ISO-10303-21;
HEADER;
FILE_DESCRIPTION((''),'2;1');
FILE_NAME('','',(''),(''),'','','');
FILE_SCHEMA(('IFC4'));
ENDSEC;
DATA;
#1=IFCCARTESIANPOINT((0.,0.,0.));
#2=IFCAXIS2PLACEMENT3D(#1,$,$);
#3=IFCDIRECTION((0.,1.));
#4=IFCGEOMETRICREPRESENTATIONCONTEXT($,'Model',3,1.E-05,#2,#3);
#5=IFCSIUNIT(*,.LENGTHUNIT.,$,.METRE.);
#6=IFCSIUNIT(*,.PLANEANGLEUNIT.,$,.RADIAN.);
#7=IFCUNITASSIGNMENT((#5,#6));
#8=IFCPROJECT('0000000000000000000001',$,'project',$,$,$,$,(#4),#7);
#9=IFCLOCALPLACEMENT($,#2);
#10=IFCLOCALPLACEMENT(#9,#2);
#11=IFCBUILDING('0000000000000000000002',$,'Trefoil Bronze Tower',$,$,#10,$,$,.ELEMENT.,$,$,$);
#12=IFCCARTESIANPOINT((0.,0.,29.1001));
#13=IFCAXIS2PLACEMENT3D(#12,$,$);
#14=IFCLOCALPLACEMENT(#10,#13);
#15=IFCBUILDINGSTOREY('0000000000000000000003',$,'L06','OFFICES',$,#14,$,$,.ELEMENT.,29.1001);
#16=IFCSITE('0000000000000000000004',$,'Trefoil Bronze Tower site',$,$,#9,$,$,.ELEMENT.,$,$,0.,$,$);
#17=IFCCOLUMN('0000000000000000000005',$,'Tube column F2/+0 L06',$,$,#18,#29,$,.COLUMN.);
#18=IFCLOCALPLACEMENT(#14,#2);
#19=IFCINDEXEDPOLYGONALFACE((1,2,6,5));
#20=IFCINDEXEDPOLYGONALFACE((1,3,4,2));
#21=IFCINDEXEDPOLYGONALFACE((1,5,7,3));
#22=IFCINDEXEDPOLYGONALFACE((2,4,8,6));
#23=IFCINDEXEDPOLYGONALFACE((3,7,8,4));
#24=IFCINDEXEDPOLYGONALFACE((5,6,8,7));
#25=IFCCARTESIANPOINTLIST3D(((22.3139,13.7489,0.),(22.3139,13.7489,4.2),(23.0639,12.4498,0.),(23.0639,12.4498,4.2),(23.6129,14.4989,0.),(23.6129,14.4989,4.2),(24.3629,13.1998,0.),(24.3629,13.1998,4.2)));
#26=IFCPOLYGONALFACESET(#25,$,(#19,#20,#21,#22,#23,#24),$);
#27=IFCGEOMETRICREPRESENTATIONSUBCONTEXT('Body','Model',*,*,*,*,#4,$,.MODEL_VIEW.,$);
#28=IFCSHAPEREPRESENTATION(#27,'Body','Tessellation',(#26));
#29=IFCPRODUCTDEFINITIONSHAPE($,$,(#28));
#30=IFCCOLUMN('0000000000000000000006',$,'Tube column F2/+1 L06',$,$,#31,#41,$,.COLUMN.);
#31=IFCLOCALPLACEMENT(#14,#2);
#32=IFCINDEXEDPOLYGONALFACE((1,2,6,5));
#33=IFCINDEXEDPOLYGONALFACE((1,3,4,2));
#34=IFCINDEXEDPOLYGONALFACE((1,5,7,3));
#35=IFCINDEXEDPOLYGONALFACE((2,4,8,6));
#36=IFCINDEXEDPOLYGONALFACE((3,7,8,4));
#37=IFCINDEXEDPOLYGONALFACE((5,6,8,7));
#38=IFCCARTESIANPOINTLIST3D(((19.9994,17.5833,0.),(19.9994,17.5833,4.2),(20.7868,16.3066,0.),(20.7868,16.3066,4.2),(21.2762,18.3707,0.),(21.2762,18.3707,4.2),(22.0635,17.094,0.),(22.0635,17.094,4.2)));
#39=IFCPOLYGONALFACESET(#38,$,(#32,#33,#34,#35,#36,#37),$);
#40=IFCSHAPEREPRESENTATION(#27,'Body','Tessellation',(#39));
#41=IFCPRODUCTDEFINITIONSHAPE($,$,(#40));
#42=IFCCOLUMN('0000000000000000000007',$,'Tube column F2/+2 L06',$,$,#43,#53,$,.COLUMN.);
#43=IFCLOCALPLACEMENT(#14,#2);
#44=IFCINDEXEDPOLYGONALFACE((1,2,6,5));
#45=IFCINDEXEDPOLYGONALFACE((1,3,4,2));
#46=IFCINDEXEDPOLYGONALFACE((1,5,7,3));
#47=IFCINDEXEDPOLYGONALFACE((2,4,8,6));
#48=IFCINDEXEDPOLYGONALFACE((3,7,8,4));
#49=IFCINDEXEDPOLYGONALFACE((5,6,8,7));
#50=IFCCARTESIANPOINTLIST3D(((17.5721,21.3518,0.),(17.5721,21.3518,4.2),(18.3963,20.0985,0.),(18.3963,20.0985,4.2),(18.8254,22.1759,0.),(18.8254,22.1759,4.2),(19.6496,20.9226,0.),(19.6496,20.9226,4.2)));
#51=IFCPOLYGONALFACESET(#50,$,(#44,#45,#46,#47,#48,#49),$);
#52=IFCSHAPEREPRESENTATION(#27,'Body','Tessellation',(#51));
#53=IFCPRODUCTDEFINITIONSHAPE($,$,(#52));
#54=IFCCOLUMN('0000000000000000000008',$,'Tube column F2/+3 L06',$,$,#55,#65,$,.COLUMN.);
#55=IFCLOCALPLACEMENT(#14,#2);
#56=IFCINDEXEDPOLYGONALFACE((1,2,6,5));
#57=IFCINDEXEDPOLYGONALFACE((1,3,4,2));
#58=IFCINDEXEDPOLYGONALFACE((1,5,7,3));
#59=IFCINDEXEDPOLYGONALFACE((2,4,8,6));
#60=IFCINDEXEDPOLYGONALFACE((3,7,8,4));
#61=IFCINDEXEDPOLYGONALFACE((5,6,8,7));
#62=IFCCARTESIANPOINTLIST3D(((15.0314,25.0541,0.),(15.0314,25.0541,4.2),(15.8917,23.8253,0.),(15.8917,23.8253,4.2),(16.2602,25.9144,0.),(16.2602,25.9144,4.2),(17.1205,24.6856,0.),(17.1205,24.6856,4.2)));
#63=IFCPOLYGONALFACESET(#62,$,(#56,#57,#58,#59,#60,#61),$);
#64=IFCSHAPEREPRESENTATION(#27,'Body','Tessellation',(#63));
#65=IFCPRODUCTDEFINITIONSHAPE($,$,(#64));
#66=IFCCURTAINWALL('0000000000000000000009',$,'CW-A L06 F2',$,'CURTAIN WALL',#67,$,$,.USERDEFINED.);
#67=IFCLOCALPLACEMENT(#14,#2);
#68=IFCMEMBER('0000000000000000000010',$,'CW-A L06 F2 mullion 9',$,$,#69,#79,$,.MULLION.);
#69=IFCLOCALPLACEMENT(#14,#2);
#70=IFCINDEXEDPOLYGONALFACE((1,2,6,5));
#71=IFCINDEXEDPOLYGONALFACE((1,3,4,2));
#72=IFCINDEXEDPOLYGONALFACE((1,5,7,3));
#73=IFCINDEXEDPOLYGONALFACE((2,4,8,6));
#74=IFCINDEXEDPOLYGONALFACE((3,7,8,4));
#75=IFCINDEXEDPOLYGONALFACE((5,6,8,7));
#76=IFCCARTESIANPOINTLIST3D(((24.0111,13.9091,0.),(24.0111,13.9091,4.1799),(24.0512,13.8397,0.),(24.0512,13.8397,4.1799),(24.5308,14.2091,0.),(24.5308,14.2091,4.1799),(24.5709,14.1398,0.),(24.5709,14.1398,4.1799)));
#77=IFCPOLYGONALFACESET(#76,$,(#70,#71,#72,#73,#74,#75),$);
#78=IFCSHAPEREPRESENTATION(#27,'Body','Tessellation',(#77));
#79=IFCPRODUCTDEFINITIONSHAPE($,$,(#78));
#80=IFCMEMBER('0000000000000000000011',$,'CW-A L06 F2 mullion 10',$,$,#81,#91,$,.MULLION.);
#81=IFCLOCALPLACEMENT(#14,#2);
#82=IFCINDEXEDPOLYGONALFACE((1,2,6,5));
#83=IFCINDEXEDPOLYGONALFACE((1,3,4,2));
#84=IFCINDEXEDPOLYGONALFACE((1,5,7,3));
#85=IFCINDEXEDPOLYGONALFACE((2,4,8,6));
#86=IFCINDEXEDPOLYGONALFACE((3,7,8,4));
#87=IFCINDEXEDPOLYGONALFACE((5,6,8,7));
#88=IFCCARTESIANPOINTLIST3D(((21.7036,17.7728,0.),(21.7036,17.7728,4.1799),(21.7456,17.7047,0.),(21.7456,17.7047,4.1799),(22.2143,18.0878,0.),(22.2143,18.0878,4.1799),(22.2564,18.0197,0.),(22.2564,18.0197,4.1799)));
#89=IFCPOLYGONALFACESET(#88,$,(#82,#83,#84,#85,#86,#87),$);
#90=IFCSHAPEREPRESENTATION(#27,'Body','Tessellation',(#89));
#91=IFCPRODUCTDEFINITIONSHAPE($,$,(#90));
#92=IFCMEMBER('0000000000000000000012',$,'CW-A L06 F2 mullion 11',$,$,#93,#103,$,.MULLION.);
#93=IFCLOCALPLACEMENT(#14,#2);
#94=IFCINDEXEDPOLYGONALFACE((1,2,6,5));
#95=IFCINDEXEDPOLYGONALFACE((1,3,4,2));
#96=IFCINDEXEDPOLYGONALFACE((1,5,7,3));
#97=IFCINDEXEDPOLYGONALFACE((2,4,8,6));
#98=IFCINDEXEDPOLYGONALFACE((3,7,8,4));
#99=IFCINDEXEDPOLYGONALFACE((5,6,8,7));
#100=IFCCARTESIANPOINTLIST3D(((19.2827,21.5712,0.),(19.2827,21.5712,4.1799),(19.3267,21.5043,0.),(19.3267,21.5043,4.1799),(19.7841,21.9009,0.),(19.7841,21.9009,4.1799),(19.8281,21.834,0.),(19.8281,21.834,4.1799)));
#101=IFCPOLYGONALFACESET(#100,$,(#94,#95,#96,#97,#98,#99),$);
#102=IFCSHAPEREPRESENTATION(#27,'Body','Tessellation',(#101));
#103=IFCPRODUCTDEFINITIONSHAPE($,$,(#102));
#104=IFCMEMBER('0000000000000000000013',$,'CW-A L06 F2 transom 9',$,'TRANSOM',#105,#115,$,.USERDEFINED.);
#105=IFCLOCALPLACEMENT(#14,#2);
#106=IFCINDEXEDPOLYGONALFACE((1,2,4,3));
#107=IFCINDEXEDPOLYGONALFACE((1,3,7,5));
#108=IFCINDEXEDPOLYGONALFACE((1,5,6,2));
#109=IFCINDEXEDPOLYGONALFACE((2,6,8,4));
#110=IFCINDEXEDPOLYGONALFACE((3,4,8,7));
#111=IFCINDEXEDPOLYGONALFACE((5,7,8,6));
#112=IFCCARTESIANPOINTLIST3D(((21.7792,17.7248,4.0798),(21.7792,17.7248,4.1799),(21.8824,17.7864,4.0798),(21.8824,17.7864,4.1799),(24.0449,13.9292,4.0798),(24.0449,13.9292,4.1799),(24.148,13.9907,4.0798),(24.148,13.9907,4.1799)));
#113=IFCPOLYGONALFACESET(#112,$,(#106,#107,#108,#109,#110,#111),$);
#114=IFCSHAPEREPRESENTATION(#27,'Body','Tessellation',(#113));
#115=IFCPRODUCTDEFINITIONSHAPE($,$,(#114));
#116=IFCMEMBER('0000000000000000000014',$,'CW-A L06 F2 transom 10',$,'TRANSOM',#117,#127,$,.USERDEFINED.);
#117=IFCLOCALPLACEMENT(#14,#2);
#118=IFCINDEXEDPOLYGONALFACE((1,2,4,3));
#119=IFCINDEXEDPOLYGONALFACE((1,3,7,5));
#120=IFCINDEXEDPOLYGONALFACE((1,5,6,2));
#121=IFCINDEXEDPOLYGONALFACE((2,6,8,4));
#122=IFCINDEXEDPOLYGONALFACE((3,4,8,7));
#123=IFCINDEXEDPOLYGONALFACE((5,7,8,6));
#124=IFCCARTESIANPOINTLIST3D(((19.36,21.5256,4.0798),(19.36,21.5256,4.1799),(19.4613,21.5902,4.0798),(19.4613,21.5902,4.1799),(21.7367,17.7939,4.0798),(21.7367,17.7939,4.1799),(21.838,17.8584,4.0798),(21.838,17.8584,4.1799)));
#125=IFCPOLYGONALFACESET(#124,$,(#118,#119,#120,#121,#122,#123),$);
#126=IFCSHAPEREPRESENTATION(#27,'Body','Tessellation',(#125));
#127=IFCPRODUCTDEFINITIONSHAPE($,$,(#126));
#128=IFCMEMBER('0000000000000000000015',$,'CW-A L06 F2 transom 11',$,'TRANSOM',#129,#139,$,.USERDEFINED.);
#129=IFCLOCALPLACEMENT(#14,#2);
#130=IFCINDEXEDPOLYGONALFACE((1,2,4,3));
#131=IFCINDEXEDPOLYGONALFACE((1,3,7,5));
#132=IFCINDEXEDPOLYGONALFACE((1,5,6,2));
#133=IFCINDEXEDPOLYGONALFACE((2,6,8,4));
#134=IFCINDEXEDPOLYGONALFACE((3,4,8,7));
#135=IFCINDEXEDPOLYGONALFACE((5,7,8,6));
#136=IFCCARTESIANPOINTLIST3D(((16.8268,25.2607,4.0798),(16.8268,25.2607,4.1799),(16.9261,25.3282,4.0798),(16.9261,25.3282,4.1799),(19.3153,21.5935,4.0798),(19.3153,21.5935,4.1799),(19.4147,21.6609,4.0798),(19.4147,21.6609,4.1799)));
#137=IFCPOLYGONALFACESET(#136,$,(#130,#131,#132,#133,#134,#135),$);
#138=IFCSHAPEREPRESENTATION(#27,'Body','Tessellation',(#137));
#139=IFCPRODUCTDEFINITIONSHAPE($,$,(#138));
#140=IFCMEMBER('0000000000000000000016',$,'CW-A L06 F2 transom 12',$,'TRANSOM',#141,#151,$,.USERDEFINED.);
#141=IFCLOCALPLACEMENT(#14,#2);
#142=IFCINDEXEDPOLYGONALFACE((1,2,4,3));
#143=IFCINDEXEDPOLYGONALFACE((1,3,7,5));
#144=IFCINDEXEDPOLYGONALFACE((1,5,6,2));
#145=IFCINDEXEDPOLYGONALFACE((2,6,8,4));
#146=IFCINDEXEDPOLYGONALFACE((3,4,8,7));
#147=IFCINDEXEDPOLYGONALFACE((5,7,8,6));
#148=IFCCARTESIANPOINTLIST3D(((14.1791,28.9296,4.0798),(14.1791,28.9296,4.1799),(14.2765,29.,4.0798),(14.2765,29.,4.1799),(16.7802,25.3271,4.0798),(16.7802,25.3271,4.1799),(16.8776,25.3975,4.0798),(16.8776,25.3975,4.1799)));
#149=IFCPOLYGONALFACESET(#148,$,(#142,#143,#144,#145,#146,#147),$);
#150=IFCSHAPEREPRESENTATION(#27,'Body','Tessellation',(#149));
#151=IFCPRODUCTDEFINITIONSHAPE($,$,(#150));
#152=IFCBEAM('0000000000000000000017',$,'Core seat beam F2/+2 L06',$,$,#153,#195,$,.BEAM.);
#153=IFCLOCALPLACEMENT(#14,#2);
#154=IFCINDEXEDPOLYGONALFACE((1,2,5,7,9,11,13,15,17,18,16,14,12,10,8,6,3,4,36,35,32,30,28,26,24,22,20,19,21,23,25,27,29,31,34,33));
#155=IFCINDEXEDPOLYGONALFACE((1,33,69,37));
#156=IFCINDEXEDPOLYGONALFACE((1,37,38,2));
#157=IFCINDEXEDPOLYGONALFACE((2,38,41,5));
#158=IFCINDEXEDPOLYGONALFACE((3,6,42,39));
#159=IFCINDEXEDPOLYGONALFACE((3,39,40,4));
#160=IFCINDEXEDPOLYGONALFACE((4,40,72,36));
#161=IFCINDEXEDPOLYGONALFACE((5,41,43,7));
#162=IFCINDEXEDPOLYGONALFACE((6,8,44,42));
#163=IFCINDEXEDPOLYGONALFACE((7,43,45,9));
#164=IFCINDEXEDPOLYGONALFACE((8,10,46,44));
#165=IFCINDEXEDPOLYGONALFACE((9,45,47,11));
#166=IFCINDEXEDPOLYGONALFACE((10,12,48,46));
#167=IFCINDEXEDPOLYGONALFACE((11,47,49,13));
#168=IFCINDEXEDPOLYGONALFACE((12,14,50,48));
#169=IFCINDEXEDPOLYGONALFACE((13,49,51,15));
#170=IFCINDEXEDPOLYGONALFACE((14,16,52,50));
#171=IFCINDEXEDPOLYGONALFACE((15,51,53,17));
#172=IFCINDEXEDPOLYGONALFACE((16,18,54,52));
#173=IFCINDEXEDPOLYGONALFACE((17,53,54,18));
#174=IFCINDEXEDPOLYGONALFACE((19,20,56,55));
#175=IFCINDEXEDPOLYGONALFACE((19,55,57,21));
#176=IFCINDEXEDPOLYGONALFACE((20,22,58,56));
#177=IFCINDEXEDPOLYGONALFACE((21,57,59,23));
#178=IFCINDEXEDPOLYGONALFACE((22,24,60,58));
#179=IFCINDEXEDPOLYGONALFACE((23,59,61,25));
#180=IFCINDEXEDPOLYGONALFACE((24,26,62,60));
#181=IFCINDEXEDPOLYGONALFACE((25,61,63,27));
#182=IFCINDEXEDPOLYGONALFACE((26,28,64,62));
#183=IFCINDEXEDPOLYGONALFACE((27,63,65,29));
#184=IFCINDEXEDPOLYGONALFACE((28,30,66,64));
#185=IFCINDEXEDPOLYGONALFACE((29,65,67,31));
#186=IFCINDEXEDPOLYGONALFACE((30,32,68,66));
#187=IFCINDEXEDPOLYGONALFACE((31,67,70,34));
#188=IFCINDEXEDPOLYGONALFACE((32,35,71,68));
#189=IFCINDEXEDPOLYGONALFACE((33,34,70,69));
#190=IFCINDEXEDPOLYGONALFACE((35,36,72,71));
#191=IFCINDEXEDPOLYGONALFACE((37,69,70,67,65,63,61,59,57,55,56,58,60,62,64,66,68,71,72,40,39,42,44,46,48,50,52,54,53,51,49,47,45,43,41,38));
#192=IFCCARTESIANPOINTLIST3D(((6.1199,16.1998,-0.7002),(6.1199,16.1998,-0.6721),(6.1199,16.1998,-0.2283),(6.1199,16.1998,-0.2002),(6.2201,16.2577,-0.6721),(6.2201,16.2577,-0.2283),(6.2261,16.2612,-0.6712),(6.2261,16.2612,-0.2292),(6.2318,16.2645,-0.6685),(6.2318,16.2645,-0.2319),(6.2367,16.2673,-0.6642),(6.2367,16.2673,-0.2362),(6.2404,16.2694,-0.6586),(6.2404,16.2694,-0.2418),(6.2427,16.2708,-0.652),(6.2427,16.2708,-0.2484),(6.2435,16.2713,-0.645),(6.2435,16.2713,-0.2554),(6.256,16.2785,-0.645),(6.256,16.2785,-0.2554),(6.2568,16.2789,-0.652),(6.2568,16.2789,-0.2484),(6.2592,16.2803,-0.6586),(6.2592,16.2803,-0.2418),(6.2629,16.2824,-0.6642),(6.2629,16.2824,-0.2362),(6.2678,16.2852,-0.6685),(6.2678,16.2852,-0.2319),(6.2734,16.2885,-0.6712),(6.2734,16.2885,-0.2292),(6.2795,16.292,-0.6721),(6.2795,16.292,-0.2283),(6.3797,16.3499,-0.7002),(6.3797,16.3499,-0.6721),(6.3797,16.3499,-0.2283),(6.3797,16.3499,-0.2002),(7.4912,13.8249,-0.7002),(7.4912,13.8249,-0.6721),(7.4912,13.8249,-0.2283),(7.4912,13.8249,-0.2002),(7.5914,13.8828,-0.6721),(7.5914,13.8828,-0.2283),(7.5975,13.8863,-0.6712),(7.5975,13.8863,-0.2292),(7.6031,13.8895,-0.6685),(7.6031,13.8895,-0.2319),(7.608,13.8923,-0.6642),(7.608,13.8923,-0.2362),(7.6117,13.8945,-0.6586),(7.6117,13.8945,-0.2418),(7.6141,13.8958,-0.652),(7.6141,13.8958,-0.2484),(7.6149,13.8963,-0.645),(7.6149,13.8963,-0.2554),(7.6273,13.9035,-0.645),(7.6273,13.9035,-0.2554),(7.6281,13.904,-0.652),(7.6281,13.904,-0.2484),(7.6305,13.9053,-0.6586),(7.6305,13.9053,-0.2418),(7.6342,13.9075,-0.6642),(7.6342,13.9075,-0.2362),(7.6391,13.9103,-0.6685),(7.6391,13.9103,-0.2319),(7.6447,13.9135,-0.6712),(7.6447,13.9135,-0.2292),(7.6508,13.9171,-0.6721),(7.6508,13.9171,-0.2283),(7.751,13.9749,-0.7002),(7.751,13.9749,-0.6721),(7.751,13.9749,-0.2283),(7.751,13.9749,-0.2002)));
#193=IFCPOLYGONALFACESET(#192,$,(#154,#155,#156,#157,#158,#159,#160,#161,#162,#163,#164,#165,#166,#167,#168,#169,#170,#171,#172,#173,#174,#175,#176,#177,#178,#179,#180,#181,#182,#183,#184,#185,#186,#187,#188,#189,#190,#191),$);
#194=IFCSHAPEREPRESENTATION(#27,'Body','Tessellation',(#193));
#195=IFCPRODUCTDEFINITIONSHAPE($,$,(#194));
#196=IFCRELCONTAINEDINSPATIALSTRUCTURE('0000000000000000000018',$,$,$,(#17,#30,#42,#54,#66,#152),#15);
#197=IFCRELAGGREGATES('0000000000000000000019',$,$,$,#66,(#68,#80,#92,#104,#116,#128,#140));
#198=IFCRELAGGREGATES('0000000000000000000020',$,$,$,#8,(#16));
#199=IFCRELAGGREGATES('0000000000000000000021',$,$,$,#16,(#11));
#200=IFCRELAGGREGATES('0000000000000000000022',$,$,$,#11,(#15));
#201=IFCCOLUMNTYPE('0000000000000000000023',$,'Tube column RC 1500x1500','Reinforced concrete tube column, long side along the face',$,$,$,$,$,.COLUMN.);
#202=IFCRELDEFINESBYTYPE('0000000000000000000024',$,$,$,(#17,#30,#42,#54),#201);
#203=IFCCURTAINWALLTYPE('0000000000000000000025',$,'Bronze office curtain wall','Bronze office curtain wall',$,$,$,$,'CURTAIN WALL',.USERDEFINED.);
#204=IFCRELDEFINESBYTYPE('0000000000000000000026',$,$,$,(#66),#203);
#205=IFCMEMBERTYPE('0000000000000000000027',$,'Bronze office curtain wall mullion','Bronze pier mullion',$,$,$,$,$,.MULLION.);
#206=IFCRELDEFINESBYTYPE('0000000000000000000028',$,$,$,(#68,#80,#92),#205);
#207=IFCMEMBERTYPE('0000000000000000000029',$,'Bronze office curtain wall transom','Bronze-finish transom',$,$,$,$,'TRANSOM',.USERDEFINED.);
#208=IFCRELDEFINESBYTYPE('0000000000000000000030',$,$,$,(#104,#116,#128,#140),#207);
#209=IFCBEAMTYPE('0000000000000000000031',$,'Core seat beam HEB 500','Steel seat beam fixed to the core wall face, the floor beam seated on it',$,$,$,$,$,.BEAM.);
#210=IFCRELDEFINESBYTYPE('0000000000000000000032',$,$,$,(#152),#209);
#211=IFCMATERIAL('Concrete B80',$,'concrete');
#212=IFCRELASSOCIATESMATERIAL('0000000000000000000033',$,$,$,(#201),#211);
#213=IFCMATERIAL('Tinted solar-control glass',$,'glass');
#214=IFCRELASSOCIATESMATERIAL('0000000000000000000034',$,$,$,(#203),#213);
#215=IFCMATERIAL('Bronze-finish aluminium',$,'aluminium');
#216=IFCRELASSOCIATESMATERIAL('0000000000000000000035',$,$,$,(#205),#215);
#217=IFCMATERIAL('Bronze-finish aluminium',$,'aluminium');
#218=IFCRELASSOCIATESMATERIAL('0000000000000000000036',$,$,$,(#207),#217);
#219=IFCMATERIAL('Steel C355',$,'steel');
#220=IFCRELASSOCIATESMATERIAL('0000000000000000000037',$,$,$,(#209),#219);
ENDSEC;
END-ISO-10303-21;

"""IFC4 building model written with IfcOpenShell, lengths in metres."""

from ifc_helpers import new_model, si_unit, direction, frame, origin, origin_2d, place, context, subcontext, project, spatial, rectangle, i_section, extrude, material, material_profile, profile_set, type_object, element, aggregate, save


model = new_model("IFC4")

# Units and contexts
model_context = context("Model", 3, precision=1e-05, world=origin(), true_north=direction((0.0, 1.0)))
body_context = subcontext(model_context, "Body", "Model", "MODEL_VIEW")
ifc_project = project(units=[si_unit("LENGTHUNIT", "METRE"), si_unit("PLANEANGLEUNIT", "RADIAN")], contexts=[model_context])

# Site, building, storey
site_placement = place(None, origin())
site = spatial("IfcSite", under=ifc_project, at=site_placement, Name="Trefoil Bronze Tower site", CompositionType="ELEMENT", RefElevation=0.0)
building_placement = place(site_placement, origin())
building = spatial("IfcBuilding", under=site, at=building_placement, Name="Trefoil Bronze Tower", CompositionType="ELEMENT")
storey_placement = place(building_placement, frame((0.0, 0.0, 29.1001)))
storey = spatial("IfcBuildingStorey", under=building, at=storey_placement, Name="L06", Description="OFFICES", CompositionType="ELEMENT", Elevation=29.1001)

# Columns
ifc_material_1 = material(Name="Concrete B80", Category="concrete")
ifc_material_profile_1 = material_profile(ifc_material_1, rectangle(XDim=1.5, YDim=1.5, at=origin_2d()), Name="RC 1500x1500")
ifc_profile_set_1 = profile_set([ifc_material_profile_1], Name="Concrete B80")
column_type = type_object("IfcColumnType", Name="Tube column RC 1500x1500", Description="Reinforced concrete tube column, long side along the face", PredefinedType="COLUMN", material=ifc_profile_set_1)
for number, where, z_axis, x_axis, name in (
    (1, (23.3384, 13.4744, 0.0), (0.0, 0.0, 1.0), (-0.5, 0.866025, 0.0), "Tube column F2/+0 L06"),
    (2, (21.0315, 17.3386, 0.0), (0.0, 0.0, 1.0), (-0.524923, 0.85115, 0.0), "Tube column F2/+1 L06"),
    (3, (18.6108, 21.1372, 0.0), (0.0, 0.0, 1.0), (-0.549424, 0.835544, 0.0), "Tube column F2/+2 L06"),
    (4, (16.0759, 24.8699, 0.0), (0.0, 0.0, 1.0), (-0.573502, 0.819204, 0.0), "Tube column F2/+3 L06"),
):
    element("IfcColumn", number, at=place(storey_placement, frame(where, z_axis=z_axis, x_axis=x_axis)), inside=storey, type_object=column_type, Name=name, PredefinedType="COLUMN", context=body_context, shape_type="SweptSolid", body=[
        extrude(rectangle(XDim=1.5, YDim=1.5, at=origin_2d()), origin(), (0.0, 0.0, 1.0), 4.2),
    ])

# Curtain wall, members
ifc_material_2 = material(Name="Tinted solar-control glass", Category="glass")
curtain_wall_type = type_object("IfcCurtainWallType", Name="Bronze office curtain wall", Description="Bronze office curtain wall", ElementType="CURTAIN WALL", PredefinedType="USERDEFINED", material=ifc_material_2)
curtain_wall_placement = place(storey_placement, origin())
curtain_wall = element("IfcCurtainWall", 5, at=curtain_wall_placement, inside=storey, type_object=curtain_wall_type, Name="CW-A L06 F2", ObjectType="CURTAIN WALL", PredefinedType="USERDEFINED")
ifc_material_3 = material(Name="Bronze-finish aluminium", Category="aluminium")
ifc_material_profile_2 = material_profile(ifc_material_3, rectangle(XDim=0.6001, YDim=0.0801, at=origin_2d()), Name="CW-A mullion")
ifc_profile_set_2 = profile_set([ifc_material_profile_2], Name="Bronze-finish aluminium")
member_type_1 = type_object("IfcMemberType", Name="Bronze office curtain wall mullion", Description="Bronze pier mullion", PredefinedType="MULLION", material=ifc_profile_set_2)
member_1_placement = place(storey_placement, frame((24.291, 14.0244, 0.0), z_axis=(0.0, 0.0, 1.0), x_axis=(-0.866025, -0.5, 0.0)))
member_1 = element("IfcMember", 6, at=member_1_placement, type_object=member_type_1, Name="CW-A L06 F2 mullion 9", PredefinedType="MULLION", context=body_context, shape_type="SweptSolid", body=[
    extrude(rectangle(XDim=0.6001, YDim=0.0801, at=origin_2d()), origin(), (0.0, 0.0, 1.0), 4.1799),
])
member_2_placement = place(storey_placement, frame((21.98, 17.8962, 0.0), z_axis=(0.0, 0.0, 1.0), x_axis=(-0.85115, -0.524923, 0.0)))
member_2 = element("IfcMember", 7, at=member_2_placement, type_object=member_type_1, Name="CW-A L06 F2 mullion 10", PredefinedType="MULLION", context=body_context, shape_type="SweptSolid", body=[
    extrude(rectangle(XDim=0.6001, YDim=0.0801, at=origin_2d()), origin(), (0.0, 0.0, 1.0), 4.1799),
])
member_3_placement = place(storey_placement, frame((19.5554, 21.7026, 0.0), z_axis=(0.0, 0.0, 1.0), x_axis=(-0.835544, -0.549424, 0.0)))
member_3 = element("IfcMember", 8, at=member_3_placement, type_object=member_type_1, Name="CW-A L06 F2 mullion 11", PredefinedType="MULLION", context=body_context, shape_type="SweptSolid", body=[
    extrude(rectangle(XDim=0.6001, YDim=0.0801, at=origin_2d()), origin(), (0.0, 0.0, 1.0), 4.1799),
])
ifc_material_4 = material(Name="Bronze-finish aluminium", Category="aluminium")
ifc_material_profile_3 = material_profile(ifc_material_4, rectangle(XDim=0.1201, YDim=0.1001, at=origin_2d()), Name="CW-A transom")
ifc_profile_set_3 = profile_set([ifc_material_profile_3], Name="Bronze-finish aluminium")
member_type_2 = type_object("IfcMemberType", Name="Bronze office curtain wall transom", Description="Bronze-finish transom", ElementType="TRANSOM", PredefinedType="USERDEFINED", material=ifc_profile_set_3)
member_4_placement = place(storey_placement, frame((24.0964, 13.96, 4.1299), z_axis=(-0.512537, 0.858665, 0.0), x_axis=(-0.858665, -0.512537, 0.0)))
member_4 = element("IfcMember", 9, at=member_4_placement, type_object=member_type_2, Name="CW-A L06 F2 transom 9", ObjectType="TRANSOM", PredefinedType="USERDEFINED", context=body_context, shape_type="SweptSolid", body=[
    extrude(rectangle(XDim=0.1201, YDim=0.1001, at=origin_2d()), origin(), (0.0, 0.0, 1.0), 4.4204),
])
member_5_placement = place(storey_placement, frame((21.7874, 17.8262, 4.1299), z_axis=(-0.537197, 0.843457, 0.0), x_axis=(-0.843457, -0.537197, 0.0)))
member_5 = element("IfcMember", 10, at=member_5_placement, type_object=member_type_2, Name="CW-A L06 F2 transom 10", ObjectType="TRANSOM", PredefinedType="USERDEFINED", context=body_context, shape_type="SweptSolid", body=[
    extrude(rectangle(XDim=0.1201, YDim=0.1001, at=origin_2d()), origin(), (0.0, 0.0, 1.0), 4.4243),
])
member_6_placement = place(storey_placement, frame((19.365, 21.6272, 4.1299), z_axis=(-0.561508, 0.827471, 0.0), x_axis=(-0.827471, -0.561508, 0.0)))
member_6 = element("IfcMember", 11, at=member_6_placement, type_object=member_type_2, Name="CW-A L06 F2 transom 11", ObjectType="TRANSOM", PredefinedType="USERDEFINED", context=body_context, shape_type="SweptSolid", body=[
    extrude(rectangle(XDim=0.1201, YDim=0.1001, at=origin_2d()), origin(), (0.0, 0.0, 1.0), 4.4319),
])
member_7_placement = place(storey_placement, frame((16.8289, 25.3623, 4.1299), z_axis=(-0.585378, 0.81076, 0.0), x_axis=(-0.81076, -0.585378, 0.0)))
member_7 = element("IfcMember", 12, at=member_7_placement, type_object=member_type_2, Name="CW-A L06 F2 transom 12", ObjectType="TRANSOM", PredefinedType="USERDEFINED", context=body_context, shape_type="SweptSolid", body=[
    extrude(rectangle(XDim=0.1201, YDim=0.1001, at=origin_2d()), origin(), (0.0, 0.0, 1.0), 4.4434),
])

# Beam
ifc_material_5 = material(Name="Steel C355", Category="steel")
ifc_material_profile_4 = material_profile(ifc_material_5, i_section(OverallWidth=0.3, OverallDepth=0.5, WebThickness=0.0144, FlangeThickness=0.0281, FilletRadius=0.0271, at=origin_2d()), Name="HEB 500")
ifc_profile_set_4 = profile_set([ifc_material_profile_4], Name="Steel C355")
beam_type_1 = type_object("IfcBeamType", Name="Core seat beam HEB 500", Description="Steel seat beam fixed to the core wall face, the floor beam seated on it", PredefinedType="BEAM", material=ifc_profile_set_4)
beam_1_placement = place(storey_placement, frame((7.6211, 13.8999, -0.4502), z_axis=(-0.500036, 0.866005, 0.0), x_axis=(-0.866005, -0.500036, 0.0)))
element("IfcBeam", 13, at=beam_1_placement, inside=storey, type_object=beam_type_1, Name="Core seat beam F2/+2 L06", PredefinedType="BEAM", context=body_context, shape_type="SweptSolid", body=[
    extrude(i_section(OverallWidth=0.3, OverallDepth=0.5, WebThickness=0.0144, FlangeThickness=0.0281, FilletRadius=0.0271, at=origin_2d()), origin(), (0.0, 0.0, 1.0), 2.7424),
])

aggregate(curtain_wall, [member_1, member_2, member_3, member_4, member_5, member_6, member_7])

save(model, "model.ifc")
